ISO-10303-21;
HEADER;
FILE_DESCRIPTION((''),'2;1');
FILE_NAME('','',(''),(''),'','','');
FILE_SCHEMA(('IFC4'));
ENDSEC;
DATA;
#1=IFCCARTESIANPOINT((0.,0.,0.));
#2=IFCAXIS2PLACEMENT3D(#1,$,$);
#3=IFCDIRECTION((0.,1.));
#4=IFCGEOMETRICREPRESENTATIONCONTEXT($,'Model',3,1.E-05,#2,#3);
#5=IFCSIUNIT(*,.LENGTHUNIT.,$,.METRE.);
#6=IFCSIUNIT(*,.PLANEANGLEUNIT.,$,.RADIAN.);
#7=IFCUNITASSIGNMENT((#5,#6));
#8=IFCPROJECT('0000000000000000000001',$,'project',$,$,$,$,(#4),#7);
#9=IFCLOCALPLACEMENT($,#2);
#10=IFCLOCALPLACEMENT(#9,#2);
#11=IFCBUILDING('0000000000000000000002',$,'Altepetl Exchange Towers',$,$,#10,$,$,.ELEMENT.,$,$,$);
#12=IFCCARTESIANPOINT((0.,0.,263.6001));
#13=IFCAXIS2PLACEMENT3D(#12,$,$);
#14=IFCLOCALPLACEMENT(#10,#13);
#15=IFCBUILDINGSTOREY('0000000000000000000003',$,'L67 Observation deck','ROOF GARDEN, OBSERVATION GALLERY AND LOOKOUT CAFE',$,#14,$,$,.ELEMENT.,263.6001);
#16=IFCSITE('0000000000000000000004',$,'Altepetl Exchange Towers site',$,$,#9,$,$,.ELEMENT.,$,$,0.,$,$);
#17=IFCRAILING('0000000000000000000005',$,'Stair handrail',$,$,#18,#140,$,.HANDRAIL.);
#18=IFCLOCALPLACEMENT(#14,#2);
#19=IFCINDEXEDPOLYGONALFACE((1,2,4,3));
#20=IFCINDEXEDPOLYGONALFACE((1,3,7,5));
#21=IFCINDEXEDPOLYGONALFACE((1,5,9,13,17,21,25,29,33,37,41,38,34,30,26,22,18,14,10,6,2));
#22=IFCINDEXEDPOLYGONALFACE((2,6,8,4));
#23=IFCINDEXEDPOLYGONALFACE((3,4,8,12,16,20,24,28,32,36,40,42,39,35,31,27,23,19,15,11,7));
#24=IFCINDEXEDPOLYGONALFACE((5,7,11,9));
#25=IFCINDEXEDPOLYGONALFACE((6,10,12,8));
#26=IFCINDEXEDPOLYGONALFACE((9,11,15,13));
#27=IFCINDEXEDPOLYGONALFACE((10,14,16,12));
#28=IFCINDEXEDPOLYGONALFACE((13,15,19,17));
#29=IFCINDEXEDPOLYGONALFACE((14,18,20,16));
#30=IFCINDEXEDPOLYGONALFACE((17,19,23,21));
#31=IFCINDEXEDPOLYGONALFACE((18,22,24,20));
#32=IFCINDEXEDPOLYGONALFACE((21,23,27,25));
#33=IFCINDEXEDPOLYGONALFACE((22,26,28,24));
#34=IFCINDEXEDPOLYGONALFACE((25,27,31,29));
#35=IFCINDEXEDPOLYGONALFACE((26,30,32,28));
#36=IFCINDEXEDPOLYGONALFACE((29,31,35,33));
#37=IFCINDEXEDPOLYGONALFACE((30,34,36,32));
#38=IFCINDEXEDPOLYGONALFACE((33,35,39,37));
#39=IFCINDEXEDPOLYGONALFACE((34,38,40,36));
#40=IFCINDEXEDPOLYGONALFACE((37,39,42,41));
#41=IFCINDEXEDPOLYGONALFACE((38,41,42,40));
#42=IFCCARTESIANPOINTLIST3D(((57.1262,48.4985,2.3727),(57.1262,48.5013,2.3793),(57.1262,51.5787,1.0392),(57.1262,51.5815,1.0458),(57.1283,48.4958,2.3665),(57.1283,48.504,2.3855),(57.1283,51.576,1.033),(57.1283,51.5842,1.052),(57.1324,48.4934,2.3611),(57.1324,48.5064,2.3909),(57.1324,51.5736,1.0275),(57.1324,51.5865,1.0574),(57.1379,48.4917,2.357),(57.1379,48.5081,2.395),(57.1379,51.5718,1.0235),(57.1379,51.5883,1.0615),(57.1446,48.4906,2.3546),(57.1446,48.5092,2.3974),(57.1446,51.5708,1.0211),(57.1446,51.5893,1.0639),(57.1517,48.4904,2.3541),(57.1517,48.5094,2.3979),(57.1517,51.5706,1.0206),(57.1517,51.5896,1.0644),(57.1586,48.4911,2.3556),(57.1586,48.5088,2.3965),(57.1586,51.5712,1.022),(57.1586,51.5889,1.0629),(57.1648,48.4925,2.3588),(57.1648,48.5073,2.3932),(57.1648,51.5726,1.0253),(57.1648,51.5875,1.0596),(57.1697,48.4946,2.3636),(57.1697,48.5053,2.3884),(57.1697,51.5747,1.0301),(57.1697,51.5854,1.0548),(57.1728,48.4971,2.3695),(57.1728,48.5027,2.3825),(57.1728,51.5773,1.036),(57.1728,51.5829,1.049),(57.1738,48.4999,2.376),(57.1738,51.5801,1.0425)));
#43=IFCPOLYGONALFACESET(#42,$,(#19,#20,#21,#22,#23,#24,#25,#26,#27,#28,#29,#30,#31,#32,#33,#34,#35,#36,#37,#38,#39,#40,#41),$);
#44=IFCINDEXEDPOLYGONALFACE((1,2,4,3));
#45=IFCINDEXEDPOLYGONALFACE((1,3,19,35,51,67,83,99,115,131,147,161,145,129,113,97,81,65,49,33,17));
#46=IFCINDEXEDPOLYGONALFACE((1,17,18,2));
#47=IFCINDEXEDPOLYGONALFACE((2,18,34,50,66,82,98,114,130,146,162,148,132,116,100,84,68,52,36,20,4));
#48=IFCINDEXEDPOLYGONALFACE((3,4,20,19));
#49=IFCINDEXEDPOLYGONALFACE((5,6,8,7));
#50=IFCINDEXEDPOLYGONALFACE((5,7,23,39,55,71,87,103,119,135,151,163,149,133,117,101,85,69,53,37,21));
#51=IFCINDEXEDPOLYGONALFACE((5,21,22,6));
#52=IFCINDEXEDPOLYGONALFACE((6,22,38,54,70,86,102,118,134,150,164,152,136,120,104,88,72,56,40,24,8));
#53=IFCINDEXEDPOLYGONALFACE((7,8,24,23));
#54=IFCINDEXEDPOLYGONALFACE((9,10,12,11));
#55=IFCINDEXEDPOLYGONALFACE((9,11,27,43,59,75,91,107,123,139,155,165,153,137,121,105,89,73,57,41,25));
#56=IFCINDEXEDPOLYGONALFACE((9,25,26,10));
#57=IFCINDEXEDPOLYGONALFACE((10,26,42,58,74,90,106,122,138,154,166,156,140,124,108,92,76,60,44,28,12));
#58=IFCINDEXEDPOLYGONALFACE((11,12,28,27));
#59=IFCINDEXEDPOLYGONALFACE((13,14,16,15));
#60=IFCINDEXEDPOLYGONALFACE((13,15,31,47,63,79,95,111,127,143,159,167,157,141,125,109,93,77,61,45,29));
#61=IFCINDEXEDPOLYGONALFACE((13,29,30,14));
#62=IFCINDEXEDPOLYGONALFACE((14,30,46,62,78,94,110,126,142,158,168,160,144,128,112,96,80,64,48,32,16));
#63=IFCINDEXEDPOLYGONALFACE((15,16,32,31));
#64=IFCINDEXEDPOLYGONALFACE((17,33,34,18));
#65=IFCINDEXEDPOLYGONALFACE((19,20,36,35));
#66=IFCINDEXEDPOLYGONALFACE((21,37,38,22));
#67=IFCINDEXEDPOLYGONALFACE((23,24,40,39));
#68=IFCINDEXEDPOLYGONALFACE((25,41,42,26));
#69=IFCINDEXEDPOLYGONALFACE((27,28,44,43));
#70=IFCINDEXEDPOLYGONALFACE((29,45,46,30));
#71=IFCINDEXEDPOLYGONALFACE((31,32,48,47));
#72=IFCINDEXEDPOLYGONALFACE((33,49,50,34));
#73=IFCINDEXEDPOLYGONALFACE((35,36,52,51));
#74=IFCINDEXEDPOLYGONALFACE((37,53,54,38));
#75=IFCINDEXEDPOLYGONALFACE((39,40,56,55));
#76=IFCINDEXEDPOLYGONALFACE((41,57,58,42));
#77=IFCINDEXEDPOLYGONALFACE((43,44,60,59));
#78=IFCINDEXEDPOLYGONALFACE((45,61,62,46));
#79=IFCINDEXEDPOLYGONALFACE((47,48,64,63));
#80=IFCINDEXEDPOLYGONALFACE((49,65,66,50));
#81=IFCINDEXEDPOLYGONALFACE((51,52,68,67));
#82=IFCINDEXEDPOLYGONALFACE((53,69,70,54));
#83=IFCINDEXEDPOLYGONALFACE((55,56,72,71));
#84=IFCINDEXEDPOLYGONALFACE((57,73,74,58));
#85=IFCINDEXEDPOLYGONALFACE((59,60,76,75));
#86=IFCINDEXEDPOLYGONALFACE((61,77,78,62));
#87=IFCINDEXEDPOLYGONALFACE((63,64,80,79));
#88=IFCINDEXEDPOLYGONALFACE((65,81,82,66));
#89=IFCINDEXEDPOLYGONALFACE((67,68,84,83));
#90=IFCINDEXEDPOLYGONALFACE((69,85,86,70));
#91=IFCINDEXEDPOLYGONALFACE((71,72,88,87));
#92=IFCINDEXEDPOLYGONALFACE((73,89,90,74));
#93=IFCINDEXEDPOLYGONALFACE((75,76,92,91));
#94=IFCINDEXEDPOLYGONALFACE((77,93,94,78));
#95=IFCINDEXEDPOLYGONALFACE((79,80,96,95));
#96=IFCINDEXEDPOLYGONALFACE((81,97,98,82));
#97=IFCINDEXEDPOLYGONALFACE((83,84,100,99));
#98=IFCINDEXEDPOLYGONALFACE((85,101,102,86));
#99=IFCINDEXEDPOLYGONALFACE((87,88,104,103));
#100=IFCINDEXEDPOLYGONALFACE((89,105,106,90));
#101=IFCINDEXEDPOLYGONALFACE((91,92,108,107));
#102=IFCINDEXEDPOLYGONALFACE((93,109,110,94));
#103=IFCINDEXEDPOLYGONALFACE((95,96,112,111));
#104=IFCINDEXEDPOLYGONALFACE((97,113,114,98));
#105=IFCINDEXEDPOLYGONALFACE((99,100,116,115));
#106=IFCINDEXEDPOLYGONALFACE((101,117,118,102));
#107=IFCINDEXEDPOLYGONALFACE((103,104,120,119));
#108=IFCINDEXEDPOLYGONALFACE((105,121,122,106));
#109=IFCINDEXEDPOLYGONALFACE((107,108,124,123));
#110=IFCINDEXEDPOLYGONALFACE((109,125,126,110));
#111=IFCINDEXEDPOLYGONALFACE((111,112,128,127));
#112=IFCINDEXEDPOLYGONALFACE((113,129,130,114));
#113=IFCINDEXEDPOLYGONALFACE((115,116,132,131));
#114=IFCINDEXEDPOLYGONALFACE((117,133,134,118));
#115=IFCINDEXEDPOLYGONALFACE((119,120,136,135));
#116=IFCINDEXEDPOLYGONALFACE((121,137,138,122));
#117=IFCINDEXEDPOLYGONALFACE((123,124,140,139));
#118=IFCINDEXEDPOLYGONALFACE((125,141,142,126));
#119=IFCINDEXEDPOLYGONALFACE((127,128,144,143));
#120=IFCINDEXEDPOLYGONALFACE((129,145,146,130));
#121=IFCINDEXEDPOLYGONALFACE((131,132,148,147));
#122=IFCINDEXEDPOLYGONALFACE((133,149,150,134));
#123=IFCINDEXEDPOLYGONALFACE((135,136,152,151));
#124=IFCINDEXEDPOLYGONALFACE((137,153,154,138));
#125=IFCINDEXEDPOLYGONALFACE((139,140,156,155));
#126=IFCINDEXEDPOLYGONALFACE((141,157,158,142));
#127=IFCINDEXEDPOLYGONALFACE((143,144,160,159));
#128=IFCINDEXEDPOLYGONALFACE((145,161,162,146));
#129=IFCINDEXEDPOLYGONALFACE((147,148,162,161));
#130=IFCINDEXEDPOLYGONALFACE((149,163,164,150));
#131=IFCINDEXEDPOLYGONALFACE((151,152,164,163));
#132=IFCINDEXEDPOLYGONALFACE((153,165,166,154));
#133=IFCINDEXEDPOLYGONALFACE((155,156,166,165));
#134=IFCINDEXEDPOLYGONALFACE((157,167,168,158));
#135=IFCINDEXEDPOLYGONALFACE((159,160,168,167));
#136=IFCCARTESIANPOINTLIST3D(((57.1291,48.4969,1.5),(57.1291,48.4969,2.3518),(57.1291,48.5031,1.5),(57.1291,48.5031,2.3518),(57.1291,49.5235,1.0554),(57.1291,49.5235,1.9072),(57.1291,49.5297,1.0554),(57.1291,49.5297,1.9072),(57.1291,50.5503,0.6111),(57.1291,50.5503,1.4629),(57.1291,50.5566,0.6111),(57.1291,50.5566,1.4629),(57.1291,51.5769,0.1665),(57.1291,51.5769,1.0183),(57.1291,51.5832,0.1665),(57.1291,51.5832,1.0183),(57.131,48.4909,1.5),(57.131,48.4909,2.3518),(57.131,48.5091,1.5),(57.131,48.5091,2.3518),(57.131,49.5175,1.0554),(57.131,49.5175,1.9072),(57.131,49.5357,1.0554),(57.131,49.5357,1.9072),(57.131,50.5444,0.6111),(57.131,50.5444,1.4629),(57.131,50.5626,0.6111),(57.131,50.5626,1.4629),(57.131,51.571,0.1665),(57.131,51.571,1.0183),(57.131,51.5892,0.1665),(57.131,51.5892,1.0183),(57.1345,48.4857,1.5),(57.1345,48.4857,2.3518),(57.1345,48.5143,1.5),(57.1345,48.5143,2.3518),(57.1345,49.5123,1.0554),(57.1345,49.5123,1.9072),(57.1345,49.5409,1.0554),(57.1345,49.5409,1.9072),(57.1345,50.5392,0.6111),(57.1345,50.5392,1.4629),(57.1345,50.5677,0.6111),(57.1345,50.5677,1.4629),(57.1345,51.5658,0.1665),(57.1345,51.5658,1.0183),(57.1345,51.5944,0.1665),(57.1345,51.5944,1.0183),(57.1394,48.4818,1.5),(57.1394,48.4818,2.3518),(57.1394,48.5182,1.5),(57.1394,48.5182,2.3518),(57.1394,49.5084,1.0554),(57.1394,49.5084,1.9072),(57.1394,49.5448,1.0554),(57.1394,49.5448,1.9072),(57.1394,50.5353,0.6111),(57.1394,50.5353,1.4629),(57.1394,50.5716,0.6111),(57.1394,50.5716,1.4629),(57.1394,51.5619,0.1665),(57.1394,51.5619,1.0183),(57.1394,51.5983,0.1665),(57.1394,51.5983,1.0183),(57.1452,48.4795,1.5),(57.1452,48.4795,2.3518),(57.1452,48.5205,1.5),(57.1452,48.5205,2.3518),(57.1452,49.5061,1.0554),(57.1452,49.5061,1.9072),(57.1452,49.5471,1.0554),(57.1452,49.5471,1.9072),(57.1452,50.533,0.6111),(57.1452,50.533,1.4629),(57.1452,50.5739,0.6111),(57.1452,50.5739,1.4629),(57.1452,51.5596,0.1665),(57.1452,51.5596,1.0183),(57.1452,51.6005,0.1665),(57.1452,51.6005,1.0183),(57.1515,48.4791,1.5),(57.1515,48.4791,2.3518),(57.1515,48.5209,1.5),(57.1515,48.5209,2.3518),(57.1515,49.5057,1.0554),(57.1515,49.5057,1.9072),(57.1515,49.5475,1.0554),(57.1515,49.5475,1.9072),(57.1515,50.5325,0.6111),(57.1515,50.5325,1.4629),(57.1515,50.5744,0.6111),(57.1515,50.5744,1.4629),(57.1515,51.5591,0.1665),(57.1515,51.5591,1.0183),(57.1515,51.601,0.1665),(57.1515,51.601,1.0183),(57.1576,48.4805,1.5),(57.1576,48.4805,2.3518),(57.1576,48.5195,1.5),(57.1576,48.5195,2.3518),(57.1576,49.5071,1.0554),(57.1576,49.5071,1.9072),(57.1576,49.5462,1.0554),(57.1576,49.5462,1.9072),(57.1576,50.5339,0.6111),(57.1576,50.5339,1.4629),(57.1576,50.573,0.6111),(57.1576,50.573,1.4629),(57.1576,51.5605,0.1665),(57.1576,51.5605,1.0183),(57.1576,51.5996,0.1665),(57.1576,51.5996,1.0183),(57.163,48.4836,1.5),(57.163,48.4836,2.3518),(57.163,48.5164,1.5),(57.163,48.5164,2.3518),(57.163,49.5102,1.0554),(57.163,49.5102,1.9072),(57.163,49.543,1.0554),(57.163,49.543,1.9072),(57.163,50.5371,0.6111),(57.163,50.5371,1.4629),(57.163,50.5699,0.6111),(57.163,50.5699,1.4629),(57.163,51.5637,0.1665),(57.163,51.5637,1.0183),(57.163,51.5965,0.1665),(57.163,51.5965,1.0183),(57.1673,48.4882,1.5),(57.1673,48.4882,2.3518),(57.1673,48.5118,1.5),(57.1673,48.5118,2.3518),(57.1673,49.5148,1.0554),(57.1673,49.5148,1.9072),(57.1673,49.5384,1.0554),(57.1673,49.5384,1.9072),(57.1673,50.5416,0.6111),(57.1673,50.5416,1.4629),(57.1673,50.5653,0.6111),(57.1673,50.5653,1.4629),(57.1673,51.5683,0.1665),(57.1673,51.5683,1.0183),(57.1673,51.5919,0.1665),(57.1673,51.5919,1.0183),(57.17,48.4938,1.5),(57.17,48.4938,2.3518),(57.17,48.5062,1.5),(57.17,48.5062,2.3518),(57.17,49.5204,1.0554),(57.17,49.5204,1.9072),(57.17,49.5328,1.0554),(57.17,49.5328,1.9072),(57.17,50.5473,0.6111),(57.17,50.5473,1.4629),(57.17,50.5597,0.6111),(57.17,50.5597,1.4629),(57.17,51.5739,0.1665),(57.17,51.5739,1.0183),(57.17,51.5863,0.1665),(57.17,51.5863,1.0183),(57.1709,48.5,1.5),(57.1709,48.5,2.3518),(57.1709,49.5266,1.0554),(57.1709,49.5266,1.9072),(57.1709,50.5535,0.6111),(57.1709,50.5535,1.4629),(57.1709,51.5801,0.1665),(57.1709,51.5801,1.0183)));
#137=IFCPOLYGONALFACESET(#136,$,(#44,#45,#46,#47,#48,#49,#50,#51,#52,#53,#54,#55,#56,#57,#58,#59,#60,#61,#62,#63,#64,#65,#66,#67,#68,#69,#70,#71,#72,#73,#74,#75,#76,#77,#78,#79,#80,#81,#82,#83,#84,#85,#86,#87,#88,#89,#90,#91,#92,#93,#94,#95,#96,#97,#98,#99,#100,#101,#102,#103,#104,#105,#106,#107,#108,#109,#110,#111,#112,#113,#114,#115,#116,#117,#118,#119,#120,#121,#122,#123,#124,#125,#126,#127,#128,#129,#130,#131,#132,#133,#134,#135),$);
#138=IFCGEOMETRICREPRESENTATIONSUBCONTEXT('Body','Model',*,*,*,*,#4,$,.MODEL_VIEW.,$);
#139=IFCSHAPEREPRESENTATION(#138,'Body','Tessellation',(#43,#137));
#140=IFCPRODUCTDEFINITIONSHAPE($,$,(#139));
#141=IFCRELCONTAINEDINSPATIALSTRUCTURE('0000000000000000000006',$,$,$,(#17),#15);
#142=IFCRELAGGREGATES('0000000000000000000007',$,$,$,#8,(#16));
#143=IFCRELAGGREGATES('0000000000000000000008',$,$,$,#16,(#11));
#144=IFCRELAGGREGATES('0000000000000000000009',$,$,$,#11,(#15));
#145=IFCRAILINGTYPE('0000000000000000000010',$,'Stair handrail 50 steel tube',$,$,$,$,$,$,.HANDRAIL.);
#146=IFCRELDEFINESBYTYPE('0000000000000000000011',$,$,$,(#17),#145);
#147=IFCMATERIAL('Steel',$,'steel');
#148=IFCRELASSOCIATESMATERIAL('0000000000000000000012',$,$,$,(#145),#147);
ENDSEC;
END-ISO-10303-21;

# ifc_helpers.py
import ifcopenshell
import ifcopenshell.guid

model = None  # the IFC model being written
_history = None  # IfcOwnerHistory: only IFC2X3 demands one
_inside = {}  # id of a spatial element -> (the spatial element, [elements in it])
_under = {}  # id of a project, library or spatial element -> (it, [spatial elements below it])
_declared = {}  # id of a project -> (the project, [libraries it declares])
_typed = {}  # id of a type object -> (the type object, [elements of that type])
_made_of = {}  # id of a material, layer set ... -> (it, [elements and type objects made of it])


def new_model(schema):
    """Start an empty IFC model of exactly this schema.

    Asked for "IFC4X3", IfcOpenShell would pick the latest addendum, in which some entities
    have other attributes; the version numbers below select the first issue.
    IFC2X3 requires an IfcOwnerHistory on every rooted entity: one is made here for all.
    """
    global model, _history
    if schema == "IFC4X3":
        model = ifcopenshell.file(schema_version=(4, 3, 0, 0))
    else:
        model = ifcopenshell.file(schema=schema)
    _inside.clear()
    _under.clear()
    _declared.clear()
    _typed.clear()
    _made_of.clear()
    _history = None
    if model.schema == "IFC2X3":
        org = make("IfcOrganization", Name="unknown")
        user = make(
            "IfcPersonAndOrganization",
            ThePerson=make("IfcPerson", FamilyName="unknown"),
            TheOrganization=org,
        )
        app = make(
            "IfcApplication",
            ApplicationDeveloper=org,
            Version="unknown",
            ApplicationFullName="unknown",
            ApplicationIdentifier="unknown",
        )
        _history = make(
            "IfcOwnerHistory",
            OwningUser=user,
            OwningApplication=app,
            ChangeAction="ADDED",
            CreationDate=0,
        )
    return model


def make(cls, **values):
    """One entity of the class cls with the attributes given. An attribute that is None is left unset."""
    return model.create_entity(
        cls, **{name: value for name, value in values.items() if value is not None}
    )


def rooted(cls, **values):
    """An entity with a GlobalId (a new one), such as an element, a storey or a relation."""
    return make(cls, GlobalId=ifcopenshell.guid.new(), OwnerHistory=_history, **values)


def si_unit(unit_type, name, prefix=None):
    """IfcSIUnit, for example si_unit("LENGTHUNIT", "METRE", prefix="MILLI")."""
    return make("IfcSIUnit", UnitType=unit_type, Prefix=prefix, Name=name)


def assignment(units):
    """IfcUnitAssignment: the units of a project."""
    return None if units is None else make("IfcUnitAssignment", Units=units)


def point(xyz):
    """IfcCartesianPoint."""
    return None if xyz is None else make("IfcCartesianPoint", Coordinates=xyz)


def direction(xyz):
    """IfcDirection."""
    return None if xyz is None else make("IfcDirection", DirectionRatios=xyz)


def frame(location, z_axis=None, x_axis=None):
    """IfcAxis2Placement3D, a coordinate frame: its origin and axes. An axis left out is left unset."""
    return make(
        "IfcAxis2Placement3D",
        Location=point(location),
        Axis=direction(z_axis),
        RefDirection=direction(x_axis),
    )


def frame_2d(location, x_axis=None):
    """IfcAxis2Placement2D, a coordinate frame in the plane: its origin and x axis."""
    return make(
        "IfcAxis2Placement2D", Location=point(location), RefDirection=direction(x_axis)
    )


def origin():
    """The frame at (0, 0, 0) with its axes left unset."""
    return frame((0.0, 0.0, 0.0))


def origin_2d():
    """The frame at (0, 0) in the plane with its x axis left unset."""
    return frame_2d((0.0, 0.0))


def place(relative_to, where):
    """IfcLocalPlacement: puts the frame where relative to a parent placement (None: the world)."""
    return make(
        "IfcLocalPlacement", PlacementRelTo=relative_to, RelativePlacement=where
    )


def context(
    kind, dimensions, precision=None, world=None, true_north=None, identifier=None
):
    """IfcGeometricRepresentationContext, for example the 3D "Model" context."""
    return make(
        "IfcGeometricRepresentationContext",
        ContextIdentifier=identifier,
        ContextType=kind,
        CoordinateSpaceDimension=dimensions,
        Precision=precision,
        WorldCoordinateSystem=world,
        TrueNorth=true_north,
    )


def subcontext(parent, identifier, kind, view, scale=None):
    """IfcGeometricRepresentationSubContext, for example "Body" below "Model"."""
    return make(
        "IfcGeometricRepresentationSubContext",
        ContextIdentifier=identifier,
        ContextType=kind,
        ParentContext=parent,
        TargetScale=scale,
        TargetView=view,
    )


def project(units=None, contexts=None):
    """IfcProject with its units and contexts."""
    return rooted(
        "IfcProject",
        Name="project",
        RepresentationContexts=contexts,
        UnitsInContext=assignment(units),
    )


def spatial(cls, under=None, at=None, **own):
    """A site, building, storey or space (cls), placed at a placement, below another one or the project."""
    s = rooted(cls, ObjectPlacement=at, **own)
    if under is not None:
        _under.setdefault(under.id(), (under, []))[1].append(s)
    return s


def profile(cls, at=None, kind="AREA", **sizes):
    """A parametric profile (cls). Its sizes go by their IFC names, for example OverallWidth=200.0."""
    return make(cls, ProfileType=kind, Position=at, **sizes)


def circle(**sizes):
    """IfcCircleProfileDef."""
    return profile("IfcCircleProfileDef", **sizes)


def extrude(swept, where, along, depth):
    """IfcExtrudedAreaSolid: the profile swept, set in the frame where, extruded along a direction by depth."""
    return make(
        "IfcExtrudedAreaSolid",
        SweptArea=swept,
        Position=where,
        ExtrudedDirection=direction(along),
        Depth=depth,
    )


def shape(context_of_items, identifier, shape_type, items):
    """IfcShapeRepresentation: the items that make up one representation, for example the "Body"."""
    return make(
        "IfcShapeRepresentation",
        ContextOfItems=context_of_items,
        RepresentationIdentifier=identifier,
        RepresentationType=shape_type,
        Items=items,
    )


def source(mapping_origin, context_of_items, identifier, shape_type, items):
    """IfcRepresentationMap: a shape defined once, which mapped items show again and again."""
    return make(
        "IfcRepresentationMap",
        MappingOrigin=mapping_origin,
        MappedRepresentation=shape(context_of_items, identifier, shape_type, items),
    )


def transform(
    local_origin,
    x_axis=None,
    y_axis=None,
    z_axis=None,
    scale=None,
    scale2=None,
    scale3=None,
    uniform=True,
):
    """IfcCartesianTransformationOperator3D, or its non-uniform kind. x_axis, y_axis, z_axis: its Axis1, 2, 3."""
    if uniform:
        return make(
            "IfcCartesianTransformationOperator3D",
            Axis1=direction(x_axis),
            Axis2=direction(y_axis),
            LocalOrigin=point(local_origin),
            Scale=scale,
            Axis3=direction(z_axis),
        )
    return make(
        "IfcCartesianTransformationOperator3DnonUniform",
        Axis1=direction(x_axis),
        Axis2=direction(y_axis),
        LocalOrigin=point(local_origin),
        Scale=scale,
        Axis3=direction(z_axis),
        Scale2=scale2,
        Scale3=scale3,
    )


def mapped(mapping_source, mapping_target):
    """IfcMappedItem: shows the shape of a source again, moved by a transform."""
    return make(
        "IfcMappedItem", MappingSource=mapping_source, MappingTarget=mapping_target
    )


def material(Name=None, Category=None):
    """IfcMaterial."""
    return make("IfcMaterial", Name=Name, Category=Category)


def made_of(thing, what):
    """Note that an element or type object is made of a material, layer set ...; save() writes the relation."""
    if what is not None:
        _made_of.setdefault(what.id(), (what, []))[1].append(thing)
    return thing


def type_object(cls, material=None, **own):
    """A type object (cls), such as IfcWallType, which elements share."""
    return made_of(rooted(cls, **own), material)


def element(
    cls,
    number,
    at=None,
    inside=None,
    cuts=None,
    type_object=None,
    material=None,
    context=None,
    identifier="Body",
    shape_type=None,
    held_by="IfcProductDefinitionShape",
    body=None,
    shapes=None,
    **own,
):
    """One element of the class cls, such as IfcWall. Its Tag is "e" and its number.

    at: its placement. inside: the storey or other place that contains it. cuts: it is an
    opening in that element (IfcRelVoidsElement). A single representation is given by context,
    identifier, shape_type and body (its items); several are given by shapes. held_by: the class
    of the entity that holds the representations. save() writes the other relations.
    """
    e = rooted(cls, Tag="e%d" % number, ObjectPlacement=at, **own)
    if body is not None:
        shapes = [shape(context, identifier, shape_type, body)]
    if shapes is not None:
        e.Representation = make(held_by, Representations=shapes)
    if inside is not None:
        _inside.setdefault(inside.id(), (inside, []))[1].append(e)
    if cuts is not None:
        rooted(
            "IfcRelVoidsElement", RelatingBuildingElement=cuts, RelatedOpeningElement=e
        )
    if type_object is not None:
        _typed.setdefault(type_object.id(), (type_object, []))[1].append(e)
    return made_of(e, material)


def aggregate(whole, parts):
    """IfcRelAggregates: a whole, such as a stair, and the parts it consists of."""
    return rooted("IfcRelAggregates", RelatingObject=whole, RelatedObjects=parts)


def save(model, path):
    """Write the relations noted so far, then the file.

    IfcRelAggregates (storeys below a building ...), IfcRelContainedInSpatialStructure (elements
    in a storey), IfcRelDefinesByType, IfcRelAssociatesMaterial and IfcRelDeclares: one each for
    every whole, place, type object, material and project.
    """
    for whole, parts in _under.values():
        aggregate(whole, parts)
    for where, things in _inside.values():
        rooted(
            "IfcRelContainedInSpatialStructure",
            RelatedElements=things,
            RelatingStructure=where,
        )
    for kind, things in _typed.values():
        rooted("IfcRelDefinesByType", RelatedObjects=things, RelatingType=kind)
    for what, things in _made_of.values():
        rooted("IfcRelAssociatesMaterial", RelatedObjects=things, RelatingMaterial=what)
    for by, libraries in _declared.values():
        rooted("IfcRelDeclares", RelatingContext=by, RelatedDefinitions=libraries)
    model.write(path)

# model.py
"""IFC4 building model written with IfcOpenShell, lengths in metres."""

from ifc_helpers import new_model, si_unit, direction, frame, origin, origin_2d, place, context, subcontext, project, spatial, circle, extrude, source, transform, mapped, material, type_object, element, save


model = new_model("IFC4")

# Units and contexts
model_context = context("Model", 3, precision=1e-05, world=origin(), true_north=direction((0.0, 1.0)))
body_context = subcontext(model_context, "Body", "Model", "MODEL_VIEW")
ifc_project = project(units=[si_unit("LENGTHUNIT", "METRE"), si_unit("PLANEANGLEUNIT", "RADIAN")], contexts=[model_context])

# Site, building, storey
site_placement = place(None, origin())
site = spatial("IfcSite", under=ifc_project, at=site_placement, Name="Altepetl Exchange Towers site", CompositionType="ELEMENT", RefElevation=0.0)
building_placement = place(site_placement, origin())
building = spatial("IfcBuilding", under=site, at=building_placement, Name="Altepetl Exchange Towers", CompositionType="ELEMENT")
storey_placement = place(building_placement, frame((0.0, 0.0, 263.6001)))
storey = spatial("IfcBuildingStorey", under=building, at=storey_placement, Name="L67 Observation deck", Description="ROOF GARDEN, OBSERVATION GALLERY AND LOOKOUT CAFE", CompositionType="ELEMENT", Elevation=263.6001)

# Railing
ifc_material_1 = material(Name="Steel", Category="steel")
railing_type = type_object("IfcRailingType", Name="Stair handrail 50 steel tube", PredefinedType="HANDRAIL", material=ifc_material_1)
shared_shape = source(origin(), body_context, "Body", "SweptSolid", [
    extrude(circle(Radius=0.021, at=origin_2d()), origin(), (0.0, 0.0, 1.0), 0.8518),
])
for number, where, name in (
    (1, (57.1499, 51.5801, 0.1665), "Stair handrail"),
):
    element("IfcRailing", number, at=place(storey_placement, frame(where)), inside=storey, type_object=railing_type, Name=name, PredefinedType="HANDRAIL", context=body_context, shape_type="SweptSolid", body=[
        extrude(circle(Radius=0.0239, at=origin_2d()), frame((0.0, 0.0, 0.876), z_axis=(0.0, -0.917686, 0.397305), x_axis=(1.0, 0.0, 0.0)), (0.0, 0.0, 1.0), 3.3564),
        mapped(shared_shape, transform((0.0, 0.0, 0.0))),
        mapped(shared_shape, transform((0.0, -1.0266, 0.4446))),
        mapped(shared_shape, transform((0.0, -2.0535, 0.8889))),
        mapped(shared_shape, transform((0.0, -3.0801, 1.3335))),
    ])

save(model, "model.ifc")
